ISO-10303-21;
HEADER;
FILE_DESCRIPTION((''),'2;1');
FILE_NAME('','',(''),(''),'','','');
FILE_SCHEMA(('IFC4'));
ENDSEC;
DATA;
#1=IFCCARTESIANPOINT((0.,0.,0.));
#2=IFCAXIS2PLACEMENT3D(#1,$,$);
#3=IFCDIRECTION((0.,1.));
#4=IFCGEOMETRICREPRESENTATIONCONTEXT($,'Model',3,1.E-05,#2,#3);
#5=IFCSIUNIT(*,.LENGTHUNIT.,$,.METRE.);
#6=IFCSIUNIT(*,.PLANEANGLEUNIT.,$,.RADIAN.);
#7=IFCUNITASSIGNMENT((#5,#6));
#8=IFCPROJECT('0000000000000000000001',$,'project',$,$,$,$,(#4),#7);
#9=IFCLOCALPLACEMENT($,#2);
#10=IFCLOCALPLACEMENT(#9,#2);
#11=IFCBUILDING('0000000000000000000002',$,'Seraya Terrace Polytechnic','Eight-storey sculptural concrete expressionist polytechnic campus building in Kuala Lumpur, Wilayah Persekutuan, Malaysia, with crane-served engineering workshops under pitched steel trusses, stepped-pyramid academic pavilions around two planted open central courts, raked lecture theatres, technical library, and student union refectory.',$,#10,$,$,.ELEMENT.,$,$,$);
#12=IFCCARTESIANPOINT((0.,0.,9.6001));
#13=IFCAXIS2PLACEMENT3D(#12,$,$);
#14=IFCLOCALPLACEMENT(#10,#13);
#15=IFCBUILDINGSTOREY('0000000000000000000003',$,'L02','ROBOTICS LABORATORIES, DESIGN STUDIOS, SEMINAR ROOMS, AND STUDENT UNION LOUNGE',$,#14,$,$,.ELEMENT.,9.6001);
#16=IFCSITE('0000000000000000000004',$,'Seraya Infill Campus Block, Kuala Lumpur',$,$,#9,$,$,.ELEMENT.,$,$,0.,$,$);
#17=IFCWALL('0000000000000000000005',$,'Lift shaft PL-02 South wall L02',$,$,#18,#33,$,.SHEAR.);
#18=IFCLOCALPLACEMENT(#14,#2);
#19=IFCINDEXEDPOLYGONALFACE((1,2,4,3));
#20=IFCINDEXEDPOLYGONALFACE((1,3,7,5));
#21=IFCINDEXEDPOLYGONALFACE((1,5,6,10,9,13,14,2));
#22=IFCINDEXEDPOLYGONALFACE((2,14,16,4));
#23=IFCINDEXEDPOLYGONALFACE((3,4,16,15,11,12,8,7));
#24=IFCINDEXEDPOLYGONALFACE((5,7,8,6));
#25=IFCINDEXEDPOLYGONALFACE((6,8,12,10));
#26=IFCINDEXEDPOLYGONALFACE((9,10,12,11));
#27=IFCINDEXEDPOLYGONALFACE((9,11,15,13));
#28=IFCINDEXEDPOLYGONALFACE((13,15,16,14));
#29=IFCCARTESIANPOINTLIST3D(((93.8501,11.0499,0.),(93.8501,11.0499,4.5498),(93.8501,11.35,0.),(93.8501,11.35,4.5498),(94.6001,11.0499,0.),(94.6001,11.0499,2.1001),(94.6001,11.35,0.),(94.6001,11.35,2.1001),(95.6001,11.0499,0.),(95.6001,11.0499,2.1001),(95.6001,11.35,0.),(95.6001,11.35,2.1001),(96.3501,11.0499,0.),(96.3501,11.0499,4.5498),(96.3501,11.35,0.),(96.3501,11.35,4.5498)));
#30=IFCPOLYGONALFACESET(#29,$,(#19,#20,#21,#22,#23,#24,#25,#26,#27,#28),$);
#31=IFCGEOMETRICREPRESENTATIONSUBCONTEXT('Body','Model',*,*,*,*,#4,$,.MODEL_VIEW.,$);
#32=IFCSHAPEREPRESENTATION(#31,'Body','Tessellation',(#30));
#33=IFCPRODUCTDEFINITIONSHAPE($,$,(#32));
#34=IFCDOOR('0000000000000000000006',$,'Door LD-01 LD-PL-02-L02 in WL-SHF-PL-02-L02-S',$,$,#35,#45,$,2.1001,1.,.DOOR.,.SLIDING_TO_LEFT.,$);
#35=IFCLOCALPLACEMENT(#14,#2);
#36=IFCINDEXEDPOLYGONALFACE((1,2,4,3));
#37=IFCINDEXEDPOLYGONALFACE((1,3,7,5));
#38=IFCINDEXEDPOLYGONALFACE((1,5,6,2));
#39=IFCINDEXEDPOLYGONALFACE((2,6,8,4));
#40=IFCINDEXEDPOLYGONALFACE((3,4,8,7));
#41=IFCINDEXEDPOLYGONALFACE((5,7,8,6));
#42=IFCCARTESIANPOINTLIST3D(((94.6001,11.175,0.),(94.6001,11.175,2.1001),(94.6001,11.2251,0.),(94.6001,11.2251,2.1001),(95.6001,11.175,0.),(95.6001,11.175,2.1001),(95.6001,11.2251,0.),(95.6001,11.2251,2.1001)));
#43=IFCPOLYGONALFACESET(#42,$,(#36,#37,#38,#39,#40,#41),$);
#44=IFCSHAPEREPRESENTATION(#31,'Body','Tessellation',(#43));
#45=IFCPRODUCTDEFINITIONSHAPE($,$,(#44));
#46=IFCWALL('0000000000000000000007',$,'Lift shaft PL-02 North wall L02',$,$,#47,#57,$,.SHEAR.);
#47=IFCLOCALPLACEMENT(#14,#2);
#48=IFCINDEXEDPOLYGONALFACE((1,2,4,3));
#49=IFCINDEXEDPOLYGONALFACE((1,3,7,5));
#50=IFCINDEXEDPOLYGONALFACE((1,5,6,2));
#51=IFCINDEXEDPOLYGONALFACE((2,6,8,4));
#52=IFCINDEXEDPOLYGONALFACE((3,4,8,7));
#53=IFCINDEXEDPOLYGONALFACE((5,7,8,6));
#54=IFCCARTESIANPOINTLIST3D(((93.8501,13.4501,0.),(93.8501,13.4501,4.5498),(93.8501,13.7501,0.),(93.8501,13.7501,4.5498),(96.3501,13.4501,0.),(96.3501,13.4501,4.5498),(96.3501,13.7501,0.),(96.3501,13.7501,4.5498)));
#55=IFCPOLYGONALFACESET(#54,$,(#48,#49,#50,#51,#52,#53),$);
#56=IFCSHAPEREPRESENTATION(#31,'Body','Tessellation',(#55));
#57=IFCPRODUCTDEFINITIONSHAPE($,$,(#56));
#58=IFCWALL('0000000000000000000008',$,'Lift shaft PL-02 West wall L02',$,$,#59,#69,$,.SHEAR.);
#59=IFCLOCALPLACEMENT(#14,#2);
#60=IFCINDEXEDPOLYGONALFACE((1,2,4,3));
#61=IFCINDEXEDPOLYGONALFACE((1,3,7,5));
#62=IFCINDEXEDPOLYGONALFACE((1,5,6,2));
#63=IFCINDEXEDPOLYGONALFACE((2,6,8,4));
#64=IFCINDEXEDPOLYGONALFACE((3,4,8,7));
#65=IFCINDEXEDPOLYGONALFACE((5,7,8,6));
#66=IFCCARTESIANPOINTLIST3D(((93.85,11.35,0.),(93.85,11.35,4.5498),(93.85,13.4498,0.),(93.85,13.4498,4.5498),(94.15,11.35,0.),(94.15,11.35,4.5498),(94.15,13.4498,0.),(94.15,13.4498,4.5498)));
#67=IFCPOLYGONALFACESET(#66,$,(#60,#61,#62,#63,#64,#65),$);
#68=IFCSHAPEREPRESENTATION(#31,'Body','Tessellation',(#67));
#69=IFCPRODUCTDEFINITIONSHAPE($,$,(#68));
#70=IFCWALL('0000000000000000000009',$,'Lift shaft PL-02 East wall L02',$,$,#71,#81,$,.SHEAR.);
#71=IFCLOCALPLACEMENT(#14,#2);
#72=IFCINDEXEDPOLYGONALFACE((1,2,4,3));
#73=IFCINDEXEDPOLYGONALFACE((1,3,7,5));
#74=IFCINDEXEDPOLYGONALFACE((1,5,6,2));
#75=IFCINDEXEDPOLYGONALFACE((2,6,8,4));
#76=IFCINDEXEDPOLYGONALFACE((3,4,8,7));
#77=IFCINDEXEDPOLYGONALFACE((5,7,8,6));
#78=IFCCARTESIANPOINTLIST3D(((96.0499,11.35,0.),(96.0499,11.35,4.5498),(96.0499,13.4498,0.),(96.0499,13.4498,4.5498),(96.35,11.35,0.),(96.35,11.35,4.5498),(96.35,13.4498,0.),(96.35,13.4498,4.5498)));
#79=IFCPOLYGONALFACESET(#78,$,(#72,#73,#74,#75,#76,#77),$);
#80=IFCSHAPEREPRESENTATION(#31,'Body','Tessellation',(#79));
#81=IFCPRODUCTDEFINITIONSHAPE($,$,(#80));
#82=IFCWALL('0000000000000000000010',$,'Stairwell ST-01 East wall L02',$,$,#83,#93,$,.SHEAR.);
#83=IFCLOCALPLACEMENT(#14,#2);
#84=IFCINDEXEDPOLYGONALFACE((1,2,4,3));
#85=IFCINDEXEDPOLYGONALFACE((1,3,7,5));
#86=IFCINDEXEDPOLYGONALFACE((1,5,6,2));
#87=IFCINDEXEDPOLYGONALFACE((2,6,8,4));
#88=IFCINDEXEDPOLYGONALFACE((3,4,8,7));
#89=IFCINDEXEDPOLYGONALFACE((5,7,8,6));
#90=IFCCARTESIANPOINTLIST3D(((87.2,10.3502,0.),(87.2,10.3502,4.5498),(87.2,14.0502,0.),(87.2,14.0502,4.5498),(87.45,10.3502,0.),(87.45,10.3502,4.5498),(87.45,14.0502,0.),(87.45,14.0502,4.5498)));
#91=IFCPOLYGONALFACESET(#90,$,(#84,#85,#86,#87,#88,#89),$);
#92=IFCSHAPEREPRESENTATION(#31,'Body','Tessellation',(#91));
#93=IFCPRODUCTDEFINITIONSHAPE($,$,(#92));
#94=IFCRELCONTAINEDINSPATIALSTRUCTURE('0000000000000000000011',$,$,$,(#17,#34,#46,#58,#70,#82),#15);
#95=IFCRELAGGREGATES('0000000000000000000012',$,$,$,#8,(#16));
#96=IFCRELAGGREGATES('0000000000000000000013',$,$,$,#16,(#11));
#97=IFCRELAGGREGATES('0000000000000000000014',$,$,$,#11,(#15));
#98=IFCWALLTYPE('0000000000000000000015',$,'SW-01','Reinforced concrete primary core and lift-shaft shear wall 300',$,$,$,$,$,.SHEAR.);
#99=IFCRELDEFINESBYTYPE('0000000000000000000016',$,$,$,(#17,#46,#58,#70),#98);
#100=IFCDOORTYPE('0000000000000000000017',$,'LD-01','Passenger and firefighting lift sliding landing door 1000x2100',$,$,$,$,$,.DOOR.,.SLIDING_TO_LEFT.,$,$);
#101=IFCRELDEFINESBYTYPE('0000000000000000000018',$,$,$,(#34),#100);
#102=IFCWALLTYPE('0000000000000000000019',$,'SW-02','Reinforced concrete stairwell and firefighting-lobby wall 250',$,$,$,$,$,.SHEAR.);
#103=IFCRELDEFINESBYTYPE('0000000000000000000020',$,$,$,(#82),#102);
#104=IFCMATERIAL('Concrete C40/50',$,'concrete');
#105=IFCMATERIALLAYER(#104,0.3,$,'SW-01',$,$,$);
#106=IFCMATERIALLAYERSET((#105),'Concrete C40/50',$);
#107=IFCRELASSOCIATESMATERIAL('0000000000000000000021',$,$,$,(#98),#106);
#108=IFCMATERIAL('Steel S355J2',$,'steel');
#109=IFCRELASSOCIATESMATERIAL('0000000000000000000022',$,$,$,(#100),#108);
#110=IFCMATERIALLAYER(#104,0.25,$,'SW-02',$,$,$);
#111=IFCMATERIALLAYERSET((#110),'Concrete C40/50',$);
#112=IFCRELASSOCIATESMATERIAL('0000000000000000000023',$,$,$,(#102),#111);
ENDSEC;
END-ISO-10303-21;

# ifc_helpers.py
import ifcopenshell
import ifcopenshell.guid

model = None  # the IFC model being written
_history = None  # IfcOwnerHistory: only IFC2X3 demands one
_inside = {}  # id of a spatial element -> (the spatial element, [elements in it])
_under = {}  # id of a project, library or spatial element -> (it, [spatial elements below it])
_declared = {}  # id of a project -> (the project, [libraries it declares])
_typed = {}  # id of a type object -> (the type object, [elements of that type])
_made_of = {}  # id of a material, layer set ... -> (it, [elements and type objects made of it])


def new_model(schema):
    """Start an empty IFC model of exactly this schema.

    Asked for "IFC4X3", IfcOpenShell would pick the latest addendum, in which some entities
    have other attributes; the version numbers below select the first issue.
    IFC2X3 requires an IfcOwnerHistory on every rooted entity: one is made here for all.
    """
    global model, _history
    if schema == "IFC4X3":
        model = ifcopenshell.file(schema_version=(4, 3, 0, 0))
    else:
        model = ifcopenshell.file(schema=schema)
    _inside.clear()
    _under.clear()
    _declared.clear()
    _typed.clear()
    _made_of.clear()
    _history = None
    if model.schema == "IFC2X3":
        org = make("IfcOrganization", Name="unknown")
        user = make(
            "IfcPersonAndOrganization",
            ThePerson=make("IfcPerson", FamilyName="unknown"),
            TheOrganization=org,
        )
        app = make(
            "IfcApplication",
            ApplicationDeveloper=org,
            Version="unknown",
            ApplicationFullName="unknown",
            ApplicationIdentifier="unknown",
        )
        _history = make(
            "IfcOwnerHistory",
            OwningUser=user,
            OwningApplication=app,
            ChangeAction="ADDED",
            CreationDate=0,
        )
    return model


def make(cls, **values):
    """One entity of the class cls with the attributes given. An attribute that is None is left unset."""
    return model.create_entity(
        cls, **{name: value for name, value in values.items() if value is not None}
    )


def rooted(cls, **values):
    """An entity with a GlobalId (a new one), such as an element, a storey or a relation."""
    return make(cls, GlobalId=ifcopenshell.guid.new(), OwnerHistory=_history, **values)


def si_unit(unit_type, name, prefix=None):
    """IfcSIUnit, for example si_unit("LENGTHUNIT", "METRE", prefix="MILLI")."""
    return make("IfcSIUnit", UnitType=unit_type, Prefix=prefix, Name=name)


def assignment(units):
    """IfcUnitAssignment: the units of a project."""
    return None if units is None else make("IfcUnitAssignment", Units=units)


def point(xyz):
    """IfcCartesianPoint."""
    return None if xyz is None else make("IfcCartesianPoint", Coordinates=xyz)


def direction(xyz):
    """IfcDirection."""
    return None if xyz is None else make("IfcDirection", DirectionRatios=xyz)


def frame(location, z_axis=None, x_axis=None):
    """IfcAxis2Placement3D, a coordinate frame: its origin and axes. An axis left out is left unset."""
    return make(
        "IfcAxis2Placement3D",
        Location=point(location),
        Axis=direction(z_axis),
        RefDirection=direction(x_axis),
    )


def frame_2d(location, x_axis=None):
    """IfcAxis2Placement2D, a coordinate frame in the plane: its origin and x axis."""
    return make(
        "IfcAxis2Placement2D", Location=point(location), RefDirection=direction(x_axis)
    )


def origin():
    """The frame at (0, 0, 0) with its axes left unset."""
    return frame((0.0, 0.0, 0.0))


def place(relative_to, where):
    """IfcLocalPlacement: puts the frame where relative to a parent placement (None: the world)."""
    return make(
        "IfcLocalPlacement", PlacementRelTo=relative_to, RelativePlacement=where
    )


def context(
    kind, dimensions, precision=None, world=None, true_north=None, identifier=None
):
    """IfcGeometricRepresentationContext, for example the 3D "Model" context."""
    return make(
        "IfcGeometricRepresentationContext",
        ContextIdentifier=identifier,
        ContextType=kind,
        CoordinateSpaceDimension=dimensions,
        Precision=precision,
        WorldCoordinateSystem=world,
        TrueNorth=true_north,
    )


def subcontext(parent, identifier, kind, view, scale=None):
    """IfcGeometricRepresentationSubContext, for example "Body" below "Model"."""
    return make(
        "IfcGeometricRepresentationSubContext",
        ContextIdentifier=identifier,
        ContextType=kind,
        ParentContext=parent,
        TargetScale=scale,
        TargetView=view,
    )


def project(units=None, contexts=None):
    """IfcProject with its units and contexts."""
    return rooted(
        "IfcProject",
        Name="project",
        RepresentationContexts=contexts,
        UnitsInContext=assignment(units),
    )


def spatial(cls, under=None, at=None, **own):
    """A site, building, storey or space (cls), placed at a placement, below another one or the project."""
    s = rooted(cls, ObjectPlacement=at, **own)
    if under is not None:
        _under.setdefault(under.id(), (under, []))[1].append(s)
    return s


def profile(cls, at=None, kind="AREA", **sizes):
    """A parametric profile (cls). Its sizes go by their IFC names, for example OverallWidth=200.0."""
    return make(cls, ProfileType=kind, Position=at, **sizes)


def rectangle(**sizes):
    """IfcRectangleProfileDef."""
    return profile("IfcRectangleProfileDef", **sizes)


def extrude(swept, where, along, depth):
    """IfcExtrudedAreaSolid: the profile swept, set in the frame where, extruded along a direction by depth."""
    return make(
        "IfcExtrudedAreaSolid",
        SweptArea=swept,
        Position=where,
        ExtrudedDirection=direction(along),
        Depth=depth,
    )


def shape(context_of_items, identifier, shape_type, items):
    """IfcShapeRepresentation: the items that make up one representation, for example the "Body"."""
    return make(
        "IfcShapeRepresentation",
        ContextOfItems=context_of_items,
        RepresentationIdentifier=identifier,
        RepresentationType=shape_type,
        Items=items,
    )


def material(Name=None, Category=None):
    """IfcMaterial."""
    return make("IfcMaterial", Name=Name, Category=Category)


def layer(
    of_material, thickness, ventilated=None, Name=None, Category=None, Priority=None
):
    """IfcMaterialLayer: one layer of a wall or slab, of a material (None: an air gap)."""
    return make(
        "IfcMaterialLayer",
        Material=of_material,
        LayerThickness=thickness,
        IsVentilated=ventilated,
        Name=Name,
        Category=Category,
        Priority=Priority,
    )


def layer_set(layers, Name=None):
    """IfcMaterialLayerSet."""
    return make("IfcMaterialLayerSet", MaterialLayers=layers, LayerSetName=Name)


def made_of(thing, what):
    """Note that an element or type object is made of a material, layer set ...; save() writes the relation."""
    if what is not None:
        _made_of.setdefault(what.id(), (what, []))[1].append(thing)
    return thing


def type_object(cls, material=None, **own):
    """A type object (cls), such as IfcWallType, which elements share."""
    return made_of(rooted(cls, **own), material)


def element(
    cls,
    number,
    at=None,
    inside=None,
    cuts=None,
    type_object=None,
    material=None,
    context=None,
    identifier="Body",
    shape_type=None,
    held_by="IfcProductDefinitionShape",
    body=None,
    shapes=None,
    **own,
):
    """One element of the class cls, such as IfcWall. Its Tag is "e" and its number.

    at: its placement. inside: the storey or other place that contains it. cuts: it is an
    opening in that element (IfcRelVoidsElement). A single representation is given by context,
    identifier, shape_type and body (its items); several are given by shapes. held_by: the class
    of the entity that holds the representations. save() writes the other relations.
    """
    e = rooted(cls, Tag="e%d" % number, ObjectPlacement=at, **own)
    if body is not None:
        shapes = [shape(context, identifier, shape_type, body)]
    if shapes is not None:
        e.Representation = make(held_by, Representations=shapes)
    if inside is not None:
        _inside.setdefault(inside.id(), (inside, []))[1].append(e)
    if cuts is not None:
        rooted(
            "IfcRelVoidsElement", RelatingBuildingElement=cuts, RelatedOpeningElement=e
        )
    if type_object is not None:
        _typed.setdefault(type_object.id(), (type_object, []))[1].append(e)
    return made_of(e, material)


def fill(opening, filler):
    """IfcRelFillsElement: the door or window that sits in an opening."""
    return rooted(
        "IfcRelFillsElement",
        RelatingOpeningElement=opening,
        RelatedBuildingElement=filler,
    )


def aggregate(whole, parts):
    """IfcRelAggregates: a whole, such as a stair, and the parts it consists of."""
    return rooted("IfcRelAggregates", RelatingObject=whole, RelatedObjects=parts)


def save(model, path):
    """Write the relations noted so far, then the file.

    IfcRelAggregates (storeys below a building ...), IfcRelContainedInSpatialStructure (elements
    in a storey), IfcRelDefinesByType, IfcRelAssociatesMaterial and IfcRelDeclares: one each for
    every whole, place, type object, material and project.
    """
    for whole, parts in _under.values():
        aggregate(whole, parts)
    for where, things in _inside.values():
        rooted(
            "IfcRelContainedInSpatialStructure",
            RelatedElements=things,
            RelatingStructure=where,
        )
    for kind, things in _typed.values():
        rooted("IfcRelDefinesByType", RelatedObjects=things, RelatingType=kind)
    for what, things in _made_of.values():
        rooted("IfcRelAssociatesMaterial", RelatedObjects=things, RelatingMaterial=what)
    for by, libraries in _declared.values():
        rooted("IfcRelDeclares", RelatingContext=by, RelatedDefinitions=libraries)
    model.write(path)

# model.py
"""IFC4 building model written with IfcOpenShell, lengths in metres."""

from ifc_helpers import new_model, si_unit, direction, frame, frame_2d, origin, place, context, subcontext, project, spatial, rectangle, extrude, material, layer, layer_set, type_object, element, fill, save


model = new_model("IFC4")

# Units and contexts
model_context = context("Model", 3, precision=1e-05, world=origin(), true_north=direction((0.0, 1.0)))
body_context = subcontext(model_context, "Body", "Model", "MODEL_VIEW")
ifc_project = project(units=[si_unit("LENGTHUNIT", "METRE"), si_unit("PLANEANGLEUNIT", "RADIAN")], contexts=[model_context])

# Site, building, storey
site_placement = place(None, origin())
site = spatial("IfcSite", under=ifc_project, at=site_placement, Name="Seraya Infill Campus Block, Kuala Lumpur", CompositionType="ELEMENT", RefElevation=0.0)
building_placement = place(site_placement, origin())
building = spatial("IfcBuilding", under=site, at=building_placement, Name="Seraya Terrace Polytechnic", Description="Eight-storey sculptural concrete expressionist polytechnic campus building in Kuala Lumpur, Wilayah Persekutuan, Malaysia, with crane-served engineering workshops under pitched steel trusses, stepped-pyramid academic pavilions around two planted open central courts, raked lecture theatres, technical library, and student union refectory.", CompositionType="ELEMENT")
storey_placement = place(building_placement, frame((0.0, 0.0, 9.6001)))
storey = spatial("IfcBuildingStorey", under=building, at=storey_placement, Name="L02", Description="ROBOTICS LABORATORIES, DESIGN STUDIOS, SEMINAR ROOMS, AND STUDENT UNION LOUNGE", CompositionType="ELEMENT", Elevation=9.6001)

# Shared definitions
ifc_material_1 = material(Name="Concrete C40/50", Category="concrete")

# Shared definitions
ifc_layer_1 = layer(ifc_material_1, 0.3, Name="SW-01")
ifc_layer_set_1 = layer_set([ifc_layer_1], Name="Concrete C40/50")
wall_type_1 = type_object("IfcWallType", Name="SW-01", Description="Reinforced concrete primary core and lift-shaft shear wall 300", PredefinedType="SHEAR", material=ifc_layer_set_1)
ifc_material_2 = material(Name="Steel S355J2", Category="steel")
door_type = type_object("IfcDoorType", Name="LD-01", Description="Passenger and firefighting lift sliding landing door 1000x2100", OperationType="SLIDING_TO_LEFT", PredefinedType="DOOR", material=ifc_material_2)

# Wall, opening, door
wall_1_placement = place(storey_placement, frame((93.8501, 11.2, 0.0), z_axis=(0.0, 0.0, 1.0), x_axis=(1.0, 0.0, 0.0)))
wall_1 = element("IfcWall", 1, at=wall_1_placement, inside=storey, type_object=wall_type_1, Name="Lift shaft PL-02 South wall L02", PredefinedType="SHEAR", context=body_context, shape_type="SweptSolid", body=[
    extrude(rectangle(XDim=2.5, YDim=0.3, at=frame_2d((1.25, 0.0))), origin(), (0.0, 0.0, 1.0), 4.5498),
])
opening_1_placement = place(wall_1_placement, frame((0.75, 0.0, 0.0)))
opening_1 = element("IfcOpeningElement", 2, at=opening_1_placement, cuts=wall_1, PredefinedType="OPENING", context=body_context, shape_type="SweptSolid", body=[
    extrude(rectangle(XDim=1.0, YDim=2.1001, at=frame_2d((0.5, 1.05))), frame((0.0, 0.1621, 0.0), z_axis=(0.0, -1.0, 0.0), x_axis=(1.0, 0.0, 0.0)), (0.0, 0.0, 1.0), 0.324),
])
door_1_placement = place(opening_1_placement, frame((1.0, 0.0, 0.0), z_axis=(0.0, 0.0, 1.0), x_axis=(-1.0, 0.0, 0.0)))
door_1 = element("IfcDoor", 3, at=door_1_placement, inside=storey, type_object=door_type, Name="Door LD-01 LD-PL-02-L02 in WL-SHF-PL-02-L02-S", OperationType="SLIDING_TO_LEFT", OverallHeight=2.1001, OverallWidth=1.0, PredefinedType="DOOR", context=body_context, shape_type="SweptSolid", body=[
    extrude(rectangle(XDim=1.0, YDim=2.1001, at=frame_2d((0.5, 1.05))), frame((0.0, 0.0249, 0.0), z_axis=(0.0, -1.0, 0.0), x_axis=(1.0, 0.0, 0.0)), (0.0, 0.0, 1.0), 0.05),
])
fill(opening_1, door_1)

# Walls
wall_2_placement = place(storey_placement, frame((93.8501, 13.6001, 0.0), z_axis=(0.0, 0.0, 1.0), x_axis=(1.0, 0.0, 0.0)))
element("IfcWall", 4, at=wall_2_placement, inside=storey, type_object=wall_type_1, Name="Lift shaft PL-02 North wall L02", PredefinedType="SHEAR", context=body_context, shape_type="SweptSolid", body=[
    extrude(rectangle(XDim=2.5, YDim=0.3, at=frame_2d((1.25, 0.0))), origin(), (0.0, 0.0, 1.0), 4.5498),
])
for number, where, z_axis, x_axis, name in (
    (5, (94.0, 11.3501, 0.0), (0.0, 0.0, 1.0), (0.0, 1.0, 0.0), "Lift shaft PL-02 West wall L02"),
    (6, (96.2, 11.3501, 0.0), (0.0, 0.0, 1.0), (0.0, 1.0, 0.0), "Lift shaft PL-02 East wall L02"),
):
    element("IfcWall", number, at=place(storey_placement, frame(where, z_axis=z_axis, x_axis=x_axis)), inside=storey, type_object=wall_type_1, Name=name, PredefinedType="SHEAR", context=body_context, shape_type="SweptSolid", body=[
        extrude(rectangle(XDim=2.0999, YDim=0.3, at=frame_2d((1.0498, 0.0))), origin(), (0.0, 0.0, 1.0), 4.5498),
    ])
ifc_layer_2 = layer(ifc_material_1, 0.25, Name="SW-02")
ifc_layer_set_2 = layer_set([ifc_layer_2], Name="Concrete C40/50")
wall_type_2 = type_object("IfcWallType", Name="SW-02", Description="Reinforced concrete stairwell and firefighting-lobby wall 250", PredefinedType="SHEAR", material=ifc_layer_set_2)
wall_3_placement = place(storey_placement, frame((87.325, 10.3501, 0.0), z_axis=(0.0, 0.0, 1.0), x_axis=(0.0, 1.0, 0.0)))
element("IfcWall", 7, at=wall_3_placement, inside=storey, type_object=wall_type_2, Name="Stairwell ST-01 East wall L02", PredefinedType="SHEAR", context=body_context, shape_type="SweptSolid", body=[
    extrude(rectangle(XDim=3.7, YDim=0.25, at=frame_2d((1.8501, 0.0))), origin(), (0.0, 0.0, 1.0), 4.5498),
])

save(model, "model.ifc")
